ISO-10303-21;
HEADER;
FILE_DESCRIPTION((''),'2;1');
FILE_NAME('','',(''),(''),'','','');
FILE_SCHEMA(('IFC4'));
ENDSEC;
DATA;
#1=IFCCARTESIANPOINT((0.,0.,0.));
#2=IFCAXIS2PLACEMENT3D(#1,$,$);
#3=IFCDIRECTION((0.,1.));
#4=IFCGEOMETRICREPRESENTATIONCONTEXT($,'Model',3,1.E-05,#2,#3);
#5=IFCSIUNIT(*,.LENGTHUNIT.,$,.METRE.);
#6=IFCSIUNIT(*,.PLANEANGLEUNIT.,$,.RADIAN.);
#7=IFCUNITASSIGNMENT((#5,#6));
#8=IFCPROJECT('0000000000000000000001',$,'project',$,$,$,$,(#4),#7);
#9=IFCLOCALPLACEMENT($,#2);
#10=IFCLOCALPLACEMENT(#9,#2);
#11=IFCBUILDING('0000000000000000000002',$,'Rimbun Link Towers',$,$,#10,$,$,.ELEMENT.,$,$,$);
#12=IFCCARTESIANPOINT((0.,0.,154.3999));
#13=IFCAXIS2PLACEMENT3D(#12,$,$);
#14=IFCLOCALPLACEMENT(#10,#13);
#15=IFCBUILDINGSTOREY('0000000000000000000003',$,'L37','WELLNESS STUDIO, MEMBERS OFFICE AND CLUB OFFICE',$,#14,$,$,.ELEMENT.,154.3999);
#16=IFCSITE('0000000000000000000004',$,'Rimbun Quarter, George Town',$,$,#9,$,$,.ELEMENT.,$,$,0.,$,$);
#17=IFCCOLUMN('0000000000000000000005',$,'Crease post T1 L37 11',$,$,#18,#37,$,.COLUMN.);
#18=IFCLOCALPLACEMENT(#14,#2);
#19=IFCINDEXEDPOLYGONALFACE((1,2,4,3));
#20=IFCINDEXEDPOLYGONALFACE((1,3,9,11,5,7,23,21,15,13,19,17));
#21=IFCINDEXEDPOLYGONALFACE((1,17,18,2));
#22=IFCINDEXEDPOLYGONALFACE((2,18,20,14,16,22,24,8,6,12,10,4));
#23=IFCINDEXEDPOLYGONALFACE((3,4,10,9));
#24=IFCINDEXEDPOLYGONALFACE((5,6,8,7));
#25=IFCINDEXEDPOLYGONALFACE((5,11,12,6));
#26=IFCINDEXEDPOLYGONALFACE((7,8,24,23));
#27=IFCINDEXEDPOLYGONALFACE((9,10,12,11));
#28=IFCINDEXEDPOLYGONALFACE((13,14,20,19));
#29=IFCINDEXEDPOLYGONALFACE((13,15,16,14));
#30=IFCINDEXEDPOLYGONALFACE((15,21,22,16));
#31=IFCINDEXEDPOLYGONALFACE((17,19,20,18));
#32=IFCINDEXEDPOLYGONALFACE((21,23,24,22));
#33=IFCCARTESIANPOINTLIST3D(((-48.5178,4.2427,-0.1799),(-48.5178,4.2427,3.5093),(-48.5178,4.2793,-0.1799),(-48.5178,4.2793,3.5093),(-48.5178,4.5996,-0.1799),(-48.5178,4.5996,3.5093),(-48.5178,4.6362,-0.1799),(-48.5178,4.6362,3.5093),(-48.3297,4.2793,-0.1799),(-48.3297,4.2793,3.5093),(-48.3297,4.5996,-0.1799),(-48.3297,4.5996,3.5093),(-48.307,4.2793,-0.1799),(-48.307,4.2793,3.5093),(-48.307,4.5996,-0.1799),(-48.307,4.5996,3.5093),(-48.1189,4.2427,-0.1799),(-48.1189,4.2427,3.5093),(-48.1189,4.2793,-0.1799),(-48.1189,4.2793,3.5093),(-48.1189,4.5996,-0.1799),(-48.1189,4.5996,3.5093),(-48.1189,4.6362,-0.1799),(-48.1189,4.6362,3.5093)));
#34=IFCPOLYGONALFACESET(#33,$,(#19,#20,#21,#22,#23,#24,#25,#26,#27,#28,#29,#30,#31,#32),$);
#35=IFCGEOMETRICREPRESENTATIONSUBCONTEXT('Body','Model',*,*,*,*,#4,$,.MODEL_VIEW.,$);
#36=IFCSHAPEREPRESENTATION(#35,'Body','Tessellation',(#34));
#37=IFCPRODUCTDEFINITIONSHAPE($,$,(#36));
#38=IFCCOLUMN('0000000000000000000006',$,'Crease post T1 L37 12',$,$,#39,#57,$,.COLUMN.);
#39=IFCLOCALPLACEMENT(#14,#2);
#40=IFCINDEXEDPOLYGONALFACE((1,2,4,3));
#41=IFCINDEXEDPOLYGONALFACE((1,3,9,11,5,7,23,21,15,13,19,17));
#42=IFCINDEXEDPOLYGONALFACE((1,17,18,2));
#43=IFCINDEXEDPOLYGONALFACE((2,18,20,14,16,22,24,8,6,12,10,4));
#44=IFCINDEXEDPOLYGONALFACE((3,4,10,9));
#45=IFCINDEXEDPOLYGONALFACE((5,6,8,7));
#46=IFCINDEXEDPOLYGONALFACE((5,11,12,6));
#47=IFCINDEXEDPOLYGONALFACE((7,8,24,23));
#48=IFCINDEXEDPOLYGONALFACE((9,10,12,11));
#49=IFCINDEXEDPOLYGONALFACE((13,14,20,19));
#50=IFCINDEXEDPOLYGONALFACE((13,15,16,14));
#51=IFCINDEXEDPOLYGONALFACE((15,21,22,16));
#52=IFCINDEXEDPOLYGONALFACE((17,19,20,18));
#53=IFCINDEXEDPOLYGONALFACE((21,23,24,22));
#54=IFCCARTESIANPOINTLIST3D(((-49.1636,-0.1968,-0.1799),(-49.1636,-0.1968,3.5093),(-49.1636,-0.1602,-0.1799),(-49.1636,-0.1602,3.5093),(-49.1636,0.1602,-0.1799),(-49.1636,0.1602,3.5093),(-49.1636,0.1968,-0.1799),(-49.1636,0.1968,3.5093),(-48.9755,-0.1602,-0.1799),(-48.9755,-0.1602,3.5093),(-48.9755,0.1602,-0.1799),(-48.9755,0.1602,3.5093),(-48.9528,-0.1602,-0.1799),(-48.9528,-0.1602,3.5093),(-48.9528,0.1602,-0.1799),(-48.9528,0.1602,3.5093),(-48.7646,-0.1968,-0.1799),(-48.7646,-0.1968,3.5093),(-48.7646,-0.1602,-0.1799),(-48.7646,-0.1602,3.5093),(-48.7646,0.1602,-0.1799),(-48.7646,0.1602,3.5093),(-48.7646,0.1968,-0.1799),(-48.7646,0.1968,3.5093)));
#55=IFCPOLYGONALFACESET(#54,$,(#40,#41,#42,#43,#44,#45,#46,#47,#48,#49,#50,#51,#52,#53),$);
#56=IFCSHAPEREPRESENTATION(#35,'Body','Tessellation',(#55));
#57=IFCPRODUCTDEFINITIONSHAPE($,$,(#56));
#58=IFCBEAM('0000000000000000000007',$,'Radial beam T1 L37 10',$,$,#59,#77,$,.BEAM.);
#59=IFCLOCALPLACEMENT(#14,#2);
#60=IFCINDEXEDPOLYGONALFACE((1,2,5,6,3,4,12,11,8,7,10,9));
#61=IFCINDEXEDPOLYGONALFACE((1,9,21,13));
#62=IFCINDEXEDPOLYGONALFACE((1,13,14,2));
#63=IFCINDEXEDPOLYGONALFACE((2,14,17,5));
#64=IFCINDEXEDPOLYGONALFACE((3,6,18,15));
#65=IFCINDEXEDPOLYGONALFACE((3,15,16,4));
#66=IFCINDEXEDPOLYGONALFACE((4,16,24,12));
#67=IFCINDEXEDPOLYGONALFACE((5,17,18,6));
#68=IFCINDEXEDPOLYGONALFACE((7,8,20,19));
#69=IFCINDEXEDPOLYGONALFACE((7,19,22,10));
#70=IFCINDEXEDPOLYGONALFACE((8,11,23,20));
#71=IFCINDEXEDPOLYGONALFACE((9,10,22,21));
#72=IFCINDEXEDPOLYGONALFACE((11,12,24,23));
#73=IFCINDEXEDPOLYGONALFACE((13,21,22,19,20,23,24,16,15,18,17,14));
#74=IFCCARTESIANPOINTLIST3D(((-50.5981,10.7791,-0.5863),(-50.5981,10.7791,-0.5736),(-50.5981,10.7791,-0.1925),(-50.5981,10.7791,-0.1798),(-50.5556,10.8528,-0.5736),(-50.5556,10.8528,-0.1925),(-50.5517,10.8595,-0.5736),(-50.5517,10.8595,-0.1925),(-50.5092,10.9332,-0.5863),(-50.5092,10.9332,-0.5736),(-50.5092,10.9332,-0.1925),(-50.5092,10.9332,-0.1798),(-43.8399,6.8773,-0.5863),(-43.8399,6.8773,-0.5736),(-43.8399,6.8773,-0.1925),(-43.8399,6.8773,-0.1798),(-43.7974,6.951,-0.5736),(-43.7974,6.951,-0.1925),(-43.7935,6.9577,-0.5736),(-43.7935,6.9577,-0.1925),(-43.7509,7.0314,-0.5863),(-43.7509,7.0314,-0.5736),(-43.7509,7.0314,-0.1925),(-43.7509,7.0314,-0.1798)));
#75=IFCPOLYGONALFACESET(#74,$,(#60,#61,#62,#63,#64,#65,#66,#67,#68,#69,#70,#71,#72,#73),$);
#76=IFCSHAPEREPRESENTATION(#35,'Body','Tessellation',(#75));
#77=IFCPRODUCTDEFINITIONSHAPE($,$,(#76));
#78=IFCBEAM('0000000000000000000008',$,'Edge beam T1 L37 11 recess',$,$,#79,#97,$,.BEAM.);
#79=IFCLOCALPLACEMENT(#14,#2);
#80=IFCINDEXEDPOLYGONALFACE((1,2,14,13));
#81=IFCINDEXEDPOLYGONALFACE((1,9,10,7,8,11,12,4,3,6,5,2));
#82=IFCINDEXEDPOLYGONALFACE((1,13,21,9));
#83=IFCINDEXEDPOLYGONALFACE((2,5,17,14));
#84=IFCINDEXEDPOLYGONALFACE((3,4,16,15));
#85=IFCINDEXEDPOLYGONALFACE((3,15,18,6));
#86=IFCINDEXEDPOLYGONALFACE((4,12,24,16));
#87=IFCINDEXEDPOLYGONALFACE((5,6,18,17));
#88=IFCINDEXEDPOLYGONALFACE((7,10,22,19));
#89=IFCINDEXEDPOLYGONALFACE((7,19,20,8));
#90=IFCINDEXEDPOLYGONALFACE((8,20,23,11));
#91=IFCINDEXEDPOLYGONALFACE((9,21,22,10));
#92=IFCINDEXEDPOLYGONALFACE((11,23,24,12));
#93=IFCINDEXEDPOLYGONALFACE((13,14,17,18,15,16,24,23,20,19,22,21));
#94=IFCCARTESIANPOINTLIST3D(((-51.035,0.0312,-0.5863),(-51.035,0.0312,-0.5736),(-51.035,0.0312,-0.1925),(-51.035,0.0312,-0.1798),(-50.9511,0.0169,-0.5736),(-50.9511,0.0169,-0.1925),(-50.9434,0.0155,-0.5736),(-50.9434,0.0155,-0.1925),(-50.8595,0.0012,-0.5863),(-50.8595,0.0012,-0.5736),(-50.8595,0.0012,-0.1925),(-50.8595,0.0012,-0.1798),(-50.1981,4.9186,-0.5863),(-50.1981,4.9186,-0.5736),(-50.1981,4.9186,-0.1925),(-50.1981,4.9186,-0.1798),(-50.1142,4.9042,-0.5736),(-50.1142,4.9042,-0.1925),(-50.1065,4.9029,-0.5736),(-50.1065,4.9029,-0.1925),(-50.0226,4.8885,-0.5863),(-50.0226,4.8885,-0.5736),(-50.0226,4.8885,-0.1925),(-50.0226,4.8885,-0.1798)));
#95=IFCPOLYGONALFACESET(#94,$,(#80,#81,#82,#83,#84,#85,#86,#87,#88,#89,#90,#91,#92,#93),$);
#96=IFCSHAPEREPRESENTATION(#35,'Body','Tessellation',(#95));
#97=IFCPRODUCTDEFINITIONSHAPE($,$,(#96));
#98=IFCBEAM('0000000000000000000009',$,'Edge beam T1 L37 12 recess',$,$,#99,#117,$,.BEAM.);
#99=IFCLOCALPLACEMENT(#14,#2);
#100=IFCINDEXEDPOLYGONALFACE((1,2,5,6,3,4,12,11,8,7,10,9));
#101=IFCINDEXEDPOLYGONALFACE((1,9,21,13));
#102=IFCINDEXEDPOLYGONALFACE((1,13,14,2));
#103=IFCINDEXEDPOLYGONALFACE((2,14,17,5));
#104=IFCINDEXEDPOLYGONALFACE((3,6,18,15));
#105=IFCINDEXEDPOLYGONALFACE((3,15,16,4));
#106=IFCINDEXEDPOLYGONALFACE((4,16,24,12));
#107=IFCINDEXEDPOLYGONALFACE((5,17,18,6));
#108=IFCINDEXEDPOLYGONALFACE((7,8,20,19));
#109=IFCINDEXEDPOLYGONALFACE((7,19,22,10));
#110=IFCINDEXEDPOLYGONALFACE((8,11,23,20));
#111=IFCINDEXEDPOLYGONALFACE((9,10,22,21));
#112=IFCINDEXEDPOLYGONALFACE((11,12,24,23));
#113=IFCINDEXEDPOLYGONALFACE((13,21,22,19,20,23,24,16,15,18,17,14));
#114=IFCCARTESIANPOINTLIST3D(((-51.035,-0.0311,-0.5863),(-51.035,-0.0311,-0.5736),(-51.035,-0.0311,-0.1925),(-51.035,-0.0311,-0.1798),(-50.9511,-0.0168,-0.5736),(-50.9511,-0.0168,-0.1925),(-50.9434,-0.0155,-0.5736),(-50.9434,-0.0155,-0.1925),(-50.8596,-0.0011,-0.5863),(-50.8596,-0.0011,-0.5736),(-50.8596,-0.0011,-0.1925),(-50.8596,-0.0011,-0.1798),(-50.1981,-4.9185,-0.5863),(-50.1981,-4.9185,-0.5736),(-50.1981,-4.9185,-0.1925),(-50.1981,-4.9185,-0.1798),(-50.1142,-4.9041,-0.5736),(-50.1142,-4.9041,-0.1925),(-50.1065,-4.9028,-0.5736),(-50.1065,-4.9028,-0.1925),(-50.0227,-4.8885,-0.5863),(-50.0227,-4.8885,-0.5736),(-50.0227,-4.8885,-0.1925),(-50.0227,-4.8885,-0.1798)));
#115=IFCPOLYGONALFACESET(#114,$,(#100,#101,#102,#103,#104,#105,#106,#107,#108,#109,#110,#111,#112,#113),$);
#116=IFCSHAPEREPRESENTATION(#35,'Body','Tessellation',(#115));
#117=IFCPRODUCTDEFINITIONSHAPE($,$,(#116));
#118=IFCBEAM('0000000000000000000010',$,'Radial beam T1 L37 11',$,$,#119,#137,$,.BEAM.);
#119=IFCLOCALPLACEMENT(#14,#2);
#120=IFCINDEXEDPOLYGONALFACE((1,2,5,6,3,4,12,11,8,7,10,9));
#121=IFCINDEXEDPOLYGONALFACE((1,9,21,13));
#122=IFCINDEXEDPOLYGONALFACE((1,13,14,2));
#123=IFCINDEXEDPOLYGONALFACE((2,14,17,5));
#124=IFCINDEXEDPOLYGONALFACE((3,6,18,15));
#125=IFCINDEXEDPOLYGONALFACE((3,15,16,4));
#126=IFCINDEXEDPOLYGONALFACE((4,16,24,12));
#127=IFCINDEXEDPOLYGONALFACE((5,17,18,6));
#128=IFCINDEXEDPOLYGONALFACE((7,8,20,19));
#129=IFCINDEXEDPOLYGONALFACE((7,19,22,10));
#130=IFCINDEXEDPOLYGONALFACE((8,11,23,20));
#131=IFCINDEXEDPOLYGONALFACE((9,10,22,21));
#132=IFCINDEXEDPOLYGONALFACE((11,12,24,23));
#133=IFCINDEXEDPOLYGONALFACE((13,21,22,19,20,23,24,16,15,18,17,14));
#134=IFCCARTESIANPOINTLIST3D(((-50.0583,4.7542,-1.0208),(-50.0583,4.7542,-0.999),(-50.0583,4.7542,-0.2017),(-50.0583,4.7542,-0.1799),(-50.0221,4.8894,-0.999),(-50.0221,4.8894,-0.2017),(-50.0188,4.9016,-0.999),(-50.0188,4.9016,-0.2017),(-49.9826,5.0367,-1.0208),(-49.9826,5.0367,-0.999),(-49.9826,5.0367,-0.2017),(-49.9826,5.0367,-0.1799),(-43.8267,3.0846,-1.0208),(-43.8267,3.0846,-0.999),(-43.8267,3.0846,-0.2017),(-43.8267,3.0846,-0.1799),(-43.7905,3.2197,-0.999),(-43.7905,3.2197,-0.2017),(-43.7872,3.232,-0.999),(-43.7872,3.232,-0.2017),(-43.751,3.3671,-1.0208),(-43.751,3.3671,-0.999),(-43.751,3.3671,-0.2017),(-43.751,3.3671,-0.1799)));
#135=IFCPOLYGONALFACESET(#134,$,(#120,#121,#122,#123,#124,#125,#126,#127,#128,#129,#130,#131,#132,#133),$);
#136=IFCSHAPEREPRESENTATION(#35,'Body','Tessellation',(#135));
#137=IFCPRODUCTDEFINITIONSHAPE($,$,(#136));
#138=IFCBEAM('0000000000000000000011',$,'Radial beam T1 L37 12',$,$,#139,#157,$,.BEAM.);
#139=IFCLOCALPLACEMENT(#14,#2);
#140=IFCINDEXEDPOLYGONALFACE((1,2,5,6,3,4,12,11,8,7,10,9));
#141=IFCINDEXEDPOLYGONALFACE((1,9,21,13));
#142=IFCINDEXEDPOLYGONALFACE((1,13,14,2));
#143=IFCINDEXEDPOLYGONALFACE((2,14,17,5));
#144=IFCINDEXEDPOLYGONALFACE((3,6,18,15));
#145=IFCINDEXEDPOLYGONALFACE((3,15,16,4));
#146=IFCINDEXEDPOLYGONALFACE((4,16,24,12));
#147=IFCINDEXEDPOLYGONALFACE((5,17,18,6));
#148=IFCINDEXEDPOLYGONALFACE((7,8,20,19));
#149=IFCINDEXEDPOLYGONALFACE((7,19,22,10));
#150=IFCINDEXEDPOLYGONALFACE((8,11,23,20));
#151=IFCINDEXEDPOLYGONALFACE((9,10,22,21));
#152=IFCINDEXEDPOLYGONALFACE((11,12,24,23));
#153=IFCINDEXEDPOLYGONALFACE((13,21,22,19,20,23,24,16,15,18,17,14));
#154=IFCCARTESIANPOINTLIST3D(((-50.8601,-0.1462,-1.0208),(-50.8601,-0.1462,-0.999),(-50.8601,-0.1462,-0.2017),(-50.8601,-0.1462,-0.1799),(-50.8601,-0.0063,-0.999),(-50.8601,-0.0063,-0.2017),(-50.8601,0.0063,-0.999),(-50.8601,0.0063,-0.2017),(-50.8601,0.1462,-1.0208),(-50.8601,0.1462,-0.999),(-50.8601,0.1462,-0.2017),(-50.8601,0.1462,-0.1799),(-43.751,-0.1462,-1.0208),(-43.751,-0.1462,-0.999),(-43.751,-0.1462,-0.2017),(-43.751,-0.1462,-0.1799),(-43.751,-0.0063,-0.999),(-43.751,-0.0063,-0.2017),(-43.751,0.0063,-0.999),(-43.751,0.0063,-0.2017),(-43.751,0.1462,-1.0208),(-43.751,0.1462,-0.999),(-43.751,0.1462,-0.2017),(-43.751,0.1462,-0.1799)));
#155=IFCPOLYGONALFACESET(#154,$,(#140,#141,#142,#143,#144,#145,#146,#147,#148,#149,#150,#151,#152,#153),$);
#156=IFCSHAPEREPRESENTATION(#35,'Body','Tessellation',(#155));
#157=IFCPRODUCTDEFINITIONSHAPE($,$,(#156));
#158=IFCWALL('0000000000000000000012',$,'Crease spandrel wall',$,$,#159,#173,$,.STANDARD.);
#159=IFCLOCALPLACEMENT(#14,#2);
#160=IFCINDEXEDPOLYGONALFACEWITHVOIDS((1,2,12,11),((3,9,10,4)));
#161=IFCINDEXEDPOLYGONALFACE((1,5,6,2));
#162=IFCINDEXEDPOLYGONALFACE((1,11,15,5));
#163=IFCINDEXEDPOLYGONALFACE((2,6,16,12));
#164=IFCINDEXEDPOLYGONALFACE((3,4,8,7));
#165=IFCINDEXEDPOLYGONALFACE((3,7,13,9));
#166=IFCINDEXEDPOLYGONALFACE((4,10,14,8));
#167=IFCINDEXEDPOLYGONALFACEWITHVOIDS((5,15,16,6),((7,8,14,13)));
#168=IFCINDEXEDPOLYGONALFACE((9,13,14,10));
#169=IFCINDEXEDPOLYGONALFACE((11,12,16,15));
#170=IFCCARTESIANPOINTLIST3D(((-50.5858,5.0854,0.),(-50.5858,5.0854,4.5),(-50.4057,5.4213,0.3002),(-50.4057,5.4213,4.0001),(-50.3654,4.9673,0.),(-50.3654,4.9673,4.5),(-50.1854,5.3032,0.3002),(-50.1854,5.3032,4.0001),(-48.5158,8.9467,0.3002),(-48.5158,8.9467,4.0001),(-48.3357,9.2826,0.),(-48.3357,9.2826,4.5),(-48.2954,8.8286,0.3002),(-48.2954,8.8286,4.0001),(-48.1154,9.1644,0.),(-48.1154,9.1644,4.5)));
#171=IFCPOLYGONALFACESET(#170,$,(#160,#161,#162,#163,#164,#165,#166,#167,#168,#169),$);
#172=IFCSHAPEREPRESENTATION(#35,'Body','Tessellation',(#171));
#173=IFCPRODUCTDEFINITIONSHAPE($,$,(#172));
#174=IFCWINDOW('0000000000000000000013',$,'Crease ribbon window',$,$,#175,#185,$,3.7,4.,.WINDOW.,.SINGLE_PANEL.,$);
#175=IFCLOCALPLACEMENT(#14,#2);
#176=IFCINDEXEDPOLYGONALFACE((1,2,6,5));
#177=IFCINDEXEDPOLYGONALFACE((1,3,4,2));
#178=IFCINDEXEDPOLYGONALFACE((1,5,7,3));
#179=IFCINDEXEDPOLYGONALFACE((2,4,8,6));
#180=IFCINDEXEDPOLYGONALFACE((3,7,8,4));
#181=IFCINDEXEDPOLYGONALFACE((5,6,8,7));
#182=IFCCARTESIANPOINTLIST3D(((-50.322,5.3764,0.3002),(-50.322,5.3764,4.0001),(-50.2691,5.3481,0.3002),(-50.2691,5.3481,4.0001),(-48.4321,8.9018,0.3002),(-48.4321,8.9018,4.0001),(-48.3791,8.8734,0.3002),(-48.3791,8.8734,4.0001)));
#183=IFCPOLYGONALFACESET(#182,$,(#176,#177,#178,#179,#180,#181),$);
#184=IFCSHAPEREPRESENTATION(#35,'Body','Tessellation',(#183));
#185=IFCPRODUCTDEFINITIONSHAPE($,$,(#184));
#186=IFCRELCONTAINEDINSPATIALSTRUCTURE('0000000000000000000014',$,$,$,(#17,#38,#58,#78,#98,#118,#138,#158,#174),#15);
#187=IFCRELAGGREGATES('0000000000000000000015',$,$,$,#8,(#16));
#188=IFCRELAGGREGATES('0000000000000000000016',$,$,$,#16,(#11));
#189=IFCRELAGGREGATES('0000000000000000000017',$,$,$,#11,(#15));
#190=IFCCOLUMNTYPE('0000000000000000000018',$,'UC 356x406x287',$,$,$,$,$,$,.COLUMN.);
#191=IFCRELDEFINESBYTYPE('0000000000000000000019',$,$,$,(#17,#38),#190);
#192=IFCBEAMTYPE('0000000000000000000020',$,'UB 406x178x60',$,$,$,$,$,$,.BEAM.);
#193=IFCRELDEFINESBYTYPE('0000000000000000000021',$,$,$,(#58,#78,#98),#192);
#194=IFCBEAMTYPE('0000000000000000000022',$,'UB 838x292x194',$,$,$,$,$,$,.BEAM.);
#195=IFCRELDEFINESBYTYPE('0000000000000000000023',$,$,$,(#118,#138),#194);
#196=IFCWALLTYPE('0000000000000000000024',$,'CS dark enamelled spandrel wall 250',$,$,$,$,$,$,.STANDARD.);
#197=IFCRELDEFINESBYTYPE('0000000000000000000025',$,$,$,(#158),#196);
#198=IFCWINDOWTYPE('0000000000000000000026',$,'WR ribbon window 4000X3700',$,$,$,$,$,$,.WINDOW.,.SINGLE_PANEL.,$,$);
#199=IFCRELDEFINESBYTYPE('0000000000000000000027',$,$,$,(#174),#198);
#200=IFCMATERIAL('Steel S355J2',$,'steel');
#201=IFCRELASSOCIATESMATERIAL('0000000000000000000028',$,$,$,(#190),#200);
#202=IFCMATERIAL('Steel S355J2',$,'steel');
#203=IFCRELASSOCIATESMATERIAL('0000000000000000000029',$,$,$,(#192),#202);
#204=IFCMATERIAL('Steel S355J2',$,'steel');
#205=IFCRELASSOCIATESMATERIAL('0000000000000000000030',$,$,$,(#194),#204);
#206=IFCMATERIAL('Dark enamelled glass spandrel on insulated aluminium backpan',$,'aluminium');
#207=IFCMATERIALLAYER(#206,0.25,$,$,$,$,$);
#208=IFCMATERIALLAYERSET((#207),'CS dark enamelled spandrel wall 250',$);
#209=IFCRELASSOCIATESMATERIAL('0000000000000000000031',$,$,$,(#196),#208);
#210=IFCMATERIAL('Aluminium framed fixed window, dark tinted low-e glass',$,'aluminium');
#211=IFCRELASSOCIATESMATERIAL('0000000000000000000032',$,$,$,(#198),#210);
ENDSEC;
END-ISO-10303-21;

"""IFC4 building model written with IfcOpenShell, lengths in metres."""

from ifc_helpers import new_model, si_unit, direction, frame, frame_2d, origin, origin_2d, place, context, subcontext, project, spatial, rectangle, i_section, extrude, material, layer, layer_set, material_profile, profile_set, type_object, element, fill, save


model = new_model("IFC4")

# Units and contexts
model_context = context("Model", 3, precision=1e-05, world=origin(), true_north=direction((0.0, 1.0)))
body_context = subcontext(model_context, "Body", "Model", "MODEL_VIEW")
ifc_project = project(units=[si_unit("LENGTHUNIT", "METRE"), si_unit("PLANEANGLEUNIT", "RADIAN")], contexts=[model_context])

# Site, building, storey
site_placement = place(None, origin())
site = spatial("IfcSite", under=ifc_project, at=site_placement, Name="Rimbun Quarter, George Town", CompositionType="ELEMENT", RefElevation=0.0)
building_placement = place(site_placement, origin())
building = spatial("IfcBuilding", under=site, at=building_placement, Name="Rimbun Link Towers", CompositionType="ELEMENT")
storey_placement = place(building_placement, frame((0.0, 0.0, 154.3999)))
storey = spatial("IfcBuildingStorey", under=building, at=storey_placement, Name="L37", Description="WELLNESS STUDIO, MEMBERS OFFICE AND CLUB OFFICE", CompositionType="ELEMENT", Elevation=154.3999)

# Columns
ifc_material_1 = material(Name="Steel S355J2", Category="steel")
ifc_material_profile_1 = material_profile(ifc_material_1, i_section(OverallWidth=0.3989, OverallDepth=0.3936, WebThickness=0.0227, FlangeThickness=0.0366, at=origin_2d()), Name="UC 356x406x287")
ifc_profile_set_1 = profile_set([ifc_material_profile_1], Name="Steel S355J2")
column_type = type_object("IfcColumnType", Name="UC 356x406x287", PredefinedType="COLUMN", material=ifc_profile_set_1)
for number, where, z_axis, x_axis, name in (
    (1, (-48.3184, 4.4395, -0.1799), (0.0, 0.0, 1.0), (1.0, 0.0, 0.0), "Crease post T1 L37 11"),
    (2, (-48.9641, 0.0, -0.1799), (0.0, 0.0, 1.0), (1.0, 0.0, 0.0), "Crease post T1 L37 12"),
):
    element("IfcColumn", number, at=place(storey_placement, frame(where, z_axis=z_axis, x_axis=x_axis)), inside=storey, type_object=column_type, Name=name, PredefinedType="COLUMN", context=body_context, shape_type="SweptSolid", body=[
        extrude(i_section(OverallWidth=0.3989, OverallDepth=0.3936, WebThickness=0.0227, FlangeThickness=0.0366, at=origin_2d()), origin(), (0.0, 0.0, 1.0), 3.6892),
    ])

# Beams
ifc_material_2 = material(Name="Steel S355J2", Category="steel")
ifc_material_profile_2 = material_profile(ifc_material_2, i_section(OverallWidth=0.178, OverallDepth=0.4065, WebThickness=0.0078, FlangeThickness=0.0127, at=origin_2d()), Name="UB 406x178x60")
ifc_profile_set_2 = profile_set([ifc_material_profile_2], Name="Steel S355J2")
beam_type_1 = type_object("IfcBeamType", Name="UB 406x178x60", PredefinedType="BEAM", material=ifc_profile_set_2)
beam_1_placement = place(storey_placement, frame((-43.7954, 6.9543, -0.3831), z_axis=(-0.866028, 0.499995, 0.0), x_axis=(-0.499995, -0.866028, 0.0)))
element("IfcBeam", 3, at=beam_1_placement, inside=storey, type_object=beam_type_1, Name="Radial beam T1 L37 10", PredefinedType="BEAM", context=body_context, shape_type="SweptSolid", body=[
    extrude(i_section(OverallWidth=0.178, OverallDepth=0.4065, WebThickness=0.0078, FlangeThickness=0.0127, at=origin_2d()), origin(), (0.0, 0.0, 1.0), 7.8037),
])
for number, where, z_axis, x_axis, name in (
    (4, (-50.1104, 4.9036, -0.3831), (-0.168781, -0.985654, 0.0), (0.985654, -0.168781, 0.0), "Edge beam T1 L37 11 recess"),
    (5, (-50.9473, -0.0161, -0.3831), (0.168781, -0.985654, 0.0), (0.985654, 0.168781, 0.0), "Edge beam T1 L37 12 recess"),
):
    element("IfcBeam", number, at=place(storey_placement, frame(where, z_axis=z_axis, x_axis=x_axis)), inside=storey, type_object=beam_type_1, Name=name, PredefinedType="BEAM", context=body_context, shape_type="SweptSolid", body=[
        extrude(i_section(OverallWidth=0.178, OverallDepth=0.4065, WebThickness=0.0078, FlangeThickness=0.0127, at=origin_2d()), origin(), (0.0, 0.0, 1.0), 4.9585),
    ])
ifc_material_3 = material(Name="Steel S355J2", Category="steel")
ifc_material_profile_3 = material_profile(ifc_material_3, i_section(OverallWidth=0.2925, OverallDepth=0.8408, WebThickness=0.0127, FlangeThickness=0.0217, at=origin_2d()), Name="UB 838x292x194")
ifc_profile_set_3 = profile_set([ifc_material_profile_3], Name="Steel S355J2")
beam_type_2 = type_object("IfcBeamType", Name="UB 838x292x194", PredefinedType="BEAM", material=ifc_profile_set_3)
beam_2_placement = place(storey_placement, frame((-43.7888, 3.2258, -0.6003), z_axis=(-0.96593, 0.258805, 0.0), x_axis=(-0.258805, -0.96593, 0.0)))
element("IfcBeam", 6, at=beam_2_placement, inside=storey, type_object=beam_type_2, Name="Radial beam T1 L37 11", PredefinedType="BEAM", context=body_context, shape_type="SweptSolid", body=[
    extrude(i_section(OverallWidth=0.2925, OverallDepth=0.8408, WebThickness=0.0127, FlangeThickness=0.0217, at=origin_2d()), origin(), (0.0, 0.0, 1.0), 6.4514),
])
beam_3_placement = place(storey_placement, frame((-43.751, 0.0, -0.6003), z_axis=(-1.0, 0.0, 0.0), x_axis=(0.0, -1.0, 0.0)))
element("IfcBeam", 7, at=beam_3_placement, inside=storey, type_object=beam_type_2, Name="Radial beam T1 L37 12", PredefinedType="BEAM", context=body_context, shape_type="SweptSolid", body=[
    extrude(i_section(OverallWidth=0.2925, OverallDepth=0.8408, WebThickness=0.0127, FlangeThickness=0.0217, at=origin_2d()), origin(), (0.0, 0.0, 1.0), 7.1091),
])

# Wall, opening, window
ifc_material_4 = material(Name="Dark enamelled glass spandrel on insulated aluminium backpan", Category="aluminium")
ifc_layer_1 = layer(ifc_material_4, 0.25)
ifc_layer_set_1 = layer_set([ifc_layer_1], Name="CS dark enamelled spandrel wall 250")
wall_type_1 = type_object("IfcWallType", Name="CS dark enamelled spandrel wall 250", PredefinedType="STANDARD", material=ifc_layer_set_1)
wall_1_placement = place(storey_placement, frame((-50.4756, 5.0264, 0.0), z_axis=(0.0, 0.0, 1.0), x_axis=(0.472482, 0.88134, 0.0)))
wall_1 = element("IfcWall", 8, at=wall_1_placement, inside=storey, type_object=wall_type_1, Name="Crease spandrel wall", PredefinedType="STANDARD", context=body_context, shape_type="SweptSolid", body=[
    extrude(rectangle(XDim=4.7622, YDim=0.25, at=frame_2d((2.3811, 0.0))), origin(), (0.0, 0.0, 1.0), 4.5),
])
opening_1_placement = place(wall_1_placement, frame((0.3811, 0.0, 0.3)))
opening_1 = element("IfcOpeningElement", 9, at=opening_1_placement, cuts=wall_1, PredefinedType="OPENING", context=body_context, shape_type="SweptSolid", body=[
    extrude(rectangle(XDim=4.0, YDim=3.7, at=frame_2d((2.0, 1.8501))), frame((0.0, 0.135, 0.0), z_axis=(0.0, -1.0, 0.0), x_axis=(1.0, 0.0, 0.0)), (0.0, 0.0, 1.0), 0.27),
])
ifc_material_5 = material(Name="Aluminium framed fixed window, dark tinted low-e glass", Category="aluminium")
window_type_1 = type_object("IfcWindowType", Name="WR ribbon window 4000X3700", PartitioningType="SINGLE_PANEL", PredefinedType="WINDOW", material=ifc_material_5)
window_1_placement = place(opening_1_placement, origin())
window_1 = element("IfcWindow", 10, at=window_1_placement, inside=storey, type_object=window_type_1, Name="Crease ribbon window", OverallHeight=3.7, OverallWidth=4.0, PartitioningType="SINGLE_PANEL", PredefinedType="WINDOW", context=body_context, shape_type="SweptSolid", body=[
    extrude(rectangle(XDim=4.0, YDim=3.7, at=frame_2d((2.0, 1.8501))), frame((0.0, 0.03, 0.0), z_axis=(0.0, -1.0, 0.0), x_axis=(1.0, 0.0, 0.0)), (0.0, 0.0, 1.0), 0.0601),
])
fill(opening_1, window_1)

save(model, "model.ifc")
